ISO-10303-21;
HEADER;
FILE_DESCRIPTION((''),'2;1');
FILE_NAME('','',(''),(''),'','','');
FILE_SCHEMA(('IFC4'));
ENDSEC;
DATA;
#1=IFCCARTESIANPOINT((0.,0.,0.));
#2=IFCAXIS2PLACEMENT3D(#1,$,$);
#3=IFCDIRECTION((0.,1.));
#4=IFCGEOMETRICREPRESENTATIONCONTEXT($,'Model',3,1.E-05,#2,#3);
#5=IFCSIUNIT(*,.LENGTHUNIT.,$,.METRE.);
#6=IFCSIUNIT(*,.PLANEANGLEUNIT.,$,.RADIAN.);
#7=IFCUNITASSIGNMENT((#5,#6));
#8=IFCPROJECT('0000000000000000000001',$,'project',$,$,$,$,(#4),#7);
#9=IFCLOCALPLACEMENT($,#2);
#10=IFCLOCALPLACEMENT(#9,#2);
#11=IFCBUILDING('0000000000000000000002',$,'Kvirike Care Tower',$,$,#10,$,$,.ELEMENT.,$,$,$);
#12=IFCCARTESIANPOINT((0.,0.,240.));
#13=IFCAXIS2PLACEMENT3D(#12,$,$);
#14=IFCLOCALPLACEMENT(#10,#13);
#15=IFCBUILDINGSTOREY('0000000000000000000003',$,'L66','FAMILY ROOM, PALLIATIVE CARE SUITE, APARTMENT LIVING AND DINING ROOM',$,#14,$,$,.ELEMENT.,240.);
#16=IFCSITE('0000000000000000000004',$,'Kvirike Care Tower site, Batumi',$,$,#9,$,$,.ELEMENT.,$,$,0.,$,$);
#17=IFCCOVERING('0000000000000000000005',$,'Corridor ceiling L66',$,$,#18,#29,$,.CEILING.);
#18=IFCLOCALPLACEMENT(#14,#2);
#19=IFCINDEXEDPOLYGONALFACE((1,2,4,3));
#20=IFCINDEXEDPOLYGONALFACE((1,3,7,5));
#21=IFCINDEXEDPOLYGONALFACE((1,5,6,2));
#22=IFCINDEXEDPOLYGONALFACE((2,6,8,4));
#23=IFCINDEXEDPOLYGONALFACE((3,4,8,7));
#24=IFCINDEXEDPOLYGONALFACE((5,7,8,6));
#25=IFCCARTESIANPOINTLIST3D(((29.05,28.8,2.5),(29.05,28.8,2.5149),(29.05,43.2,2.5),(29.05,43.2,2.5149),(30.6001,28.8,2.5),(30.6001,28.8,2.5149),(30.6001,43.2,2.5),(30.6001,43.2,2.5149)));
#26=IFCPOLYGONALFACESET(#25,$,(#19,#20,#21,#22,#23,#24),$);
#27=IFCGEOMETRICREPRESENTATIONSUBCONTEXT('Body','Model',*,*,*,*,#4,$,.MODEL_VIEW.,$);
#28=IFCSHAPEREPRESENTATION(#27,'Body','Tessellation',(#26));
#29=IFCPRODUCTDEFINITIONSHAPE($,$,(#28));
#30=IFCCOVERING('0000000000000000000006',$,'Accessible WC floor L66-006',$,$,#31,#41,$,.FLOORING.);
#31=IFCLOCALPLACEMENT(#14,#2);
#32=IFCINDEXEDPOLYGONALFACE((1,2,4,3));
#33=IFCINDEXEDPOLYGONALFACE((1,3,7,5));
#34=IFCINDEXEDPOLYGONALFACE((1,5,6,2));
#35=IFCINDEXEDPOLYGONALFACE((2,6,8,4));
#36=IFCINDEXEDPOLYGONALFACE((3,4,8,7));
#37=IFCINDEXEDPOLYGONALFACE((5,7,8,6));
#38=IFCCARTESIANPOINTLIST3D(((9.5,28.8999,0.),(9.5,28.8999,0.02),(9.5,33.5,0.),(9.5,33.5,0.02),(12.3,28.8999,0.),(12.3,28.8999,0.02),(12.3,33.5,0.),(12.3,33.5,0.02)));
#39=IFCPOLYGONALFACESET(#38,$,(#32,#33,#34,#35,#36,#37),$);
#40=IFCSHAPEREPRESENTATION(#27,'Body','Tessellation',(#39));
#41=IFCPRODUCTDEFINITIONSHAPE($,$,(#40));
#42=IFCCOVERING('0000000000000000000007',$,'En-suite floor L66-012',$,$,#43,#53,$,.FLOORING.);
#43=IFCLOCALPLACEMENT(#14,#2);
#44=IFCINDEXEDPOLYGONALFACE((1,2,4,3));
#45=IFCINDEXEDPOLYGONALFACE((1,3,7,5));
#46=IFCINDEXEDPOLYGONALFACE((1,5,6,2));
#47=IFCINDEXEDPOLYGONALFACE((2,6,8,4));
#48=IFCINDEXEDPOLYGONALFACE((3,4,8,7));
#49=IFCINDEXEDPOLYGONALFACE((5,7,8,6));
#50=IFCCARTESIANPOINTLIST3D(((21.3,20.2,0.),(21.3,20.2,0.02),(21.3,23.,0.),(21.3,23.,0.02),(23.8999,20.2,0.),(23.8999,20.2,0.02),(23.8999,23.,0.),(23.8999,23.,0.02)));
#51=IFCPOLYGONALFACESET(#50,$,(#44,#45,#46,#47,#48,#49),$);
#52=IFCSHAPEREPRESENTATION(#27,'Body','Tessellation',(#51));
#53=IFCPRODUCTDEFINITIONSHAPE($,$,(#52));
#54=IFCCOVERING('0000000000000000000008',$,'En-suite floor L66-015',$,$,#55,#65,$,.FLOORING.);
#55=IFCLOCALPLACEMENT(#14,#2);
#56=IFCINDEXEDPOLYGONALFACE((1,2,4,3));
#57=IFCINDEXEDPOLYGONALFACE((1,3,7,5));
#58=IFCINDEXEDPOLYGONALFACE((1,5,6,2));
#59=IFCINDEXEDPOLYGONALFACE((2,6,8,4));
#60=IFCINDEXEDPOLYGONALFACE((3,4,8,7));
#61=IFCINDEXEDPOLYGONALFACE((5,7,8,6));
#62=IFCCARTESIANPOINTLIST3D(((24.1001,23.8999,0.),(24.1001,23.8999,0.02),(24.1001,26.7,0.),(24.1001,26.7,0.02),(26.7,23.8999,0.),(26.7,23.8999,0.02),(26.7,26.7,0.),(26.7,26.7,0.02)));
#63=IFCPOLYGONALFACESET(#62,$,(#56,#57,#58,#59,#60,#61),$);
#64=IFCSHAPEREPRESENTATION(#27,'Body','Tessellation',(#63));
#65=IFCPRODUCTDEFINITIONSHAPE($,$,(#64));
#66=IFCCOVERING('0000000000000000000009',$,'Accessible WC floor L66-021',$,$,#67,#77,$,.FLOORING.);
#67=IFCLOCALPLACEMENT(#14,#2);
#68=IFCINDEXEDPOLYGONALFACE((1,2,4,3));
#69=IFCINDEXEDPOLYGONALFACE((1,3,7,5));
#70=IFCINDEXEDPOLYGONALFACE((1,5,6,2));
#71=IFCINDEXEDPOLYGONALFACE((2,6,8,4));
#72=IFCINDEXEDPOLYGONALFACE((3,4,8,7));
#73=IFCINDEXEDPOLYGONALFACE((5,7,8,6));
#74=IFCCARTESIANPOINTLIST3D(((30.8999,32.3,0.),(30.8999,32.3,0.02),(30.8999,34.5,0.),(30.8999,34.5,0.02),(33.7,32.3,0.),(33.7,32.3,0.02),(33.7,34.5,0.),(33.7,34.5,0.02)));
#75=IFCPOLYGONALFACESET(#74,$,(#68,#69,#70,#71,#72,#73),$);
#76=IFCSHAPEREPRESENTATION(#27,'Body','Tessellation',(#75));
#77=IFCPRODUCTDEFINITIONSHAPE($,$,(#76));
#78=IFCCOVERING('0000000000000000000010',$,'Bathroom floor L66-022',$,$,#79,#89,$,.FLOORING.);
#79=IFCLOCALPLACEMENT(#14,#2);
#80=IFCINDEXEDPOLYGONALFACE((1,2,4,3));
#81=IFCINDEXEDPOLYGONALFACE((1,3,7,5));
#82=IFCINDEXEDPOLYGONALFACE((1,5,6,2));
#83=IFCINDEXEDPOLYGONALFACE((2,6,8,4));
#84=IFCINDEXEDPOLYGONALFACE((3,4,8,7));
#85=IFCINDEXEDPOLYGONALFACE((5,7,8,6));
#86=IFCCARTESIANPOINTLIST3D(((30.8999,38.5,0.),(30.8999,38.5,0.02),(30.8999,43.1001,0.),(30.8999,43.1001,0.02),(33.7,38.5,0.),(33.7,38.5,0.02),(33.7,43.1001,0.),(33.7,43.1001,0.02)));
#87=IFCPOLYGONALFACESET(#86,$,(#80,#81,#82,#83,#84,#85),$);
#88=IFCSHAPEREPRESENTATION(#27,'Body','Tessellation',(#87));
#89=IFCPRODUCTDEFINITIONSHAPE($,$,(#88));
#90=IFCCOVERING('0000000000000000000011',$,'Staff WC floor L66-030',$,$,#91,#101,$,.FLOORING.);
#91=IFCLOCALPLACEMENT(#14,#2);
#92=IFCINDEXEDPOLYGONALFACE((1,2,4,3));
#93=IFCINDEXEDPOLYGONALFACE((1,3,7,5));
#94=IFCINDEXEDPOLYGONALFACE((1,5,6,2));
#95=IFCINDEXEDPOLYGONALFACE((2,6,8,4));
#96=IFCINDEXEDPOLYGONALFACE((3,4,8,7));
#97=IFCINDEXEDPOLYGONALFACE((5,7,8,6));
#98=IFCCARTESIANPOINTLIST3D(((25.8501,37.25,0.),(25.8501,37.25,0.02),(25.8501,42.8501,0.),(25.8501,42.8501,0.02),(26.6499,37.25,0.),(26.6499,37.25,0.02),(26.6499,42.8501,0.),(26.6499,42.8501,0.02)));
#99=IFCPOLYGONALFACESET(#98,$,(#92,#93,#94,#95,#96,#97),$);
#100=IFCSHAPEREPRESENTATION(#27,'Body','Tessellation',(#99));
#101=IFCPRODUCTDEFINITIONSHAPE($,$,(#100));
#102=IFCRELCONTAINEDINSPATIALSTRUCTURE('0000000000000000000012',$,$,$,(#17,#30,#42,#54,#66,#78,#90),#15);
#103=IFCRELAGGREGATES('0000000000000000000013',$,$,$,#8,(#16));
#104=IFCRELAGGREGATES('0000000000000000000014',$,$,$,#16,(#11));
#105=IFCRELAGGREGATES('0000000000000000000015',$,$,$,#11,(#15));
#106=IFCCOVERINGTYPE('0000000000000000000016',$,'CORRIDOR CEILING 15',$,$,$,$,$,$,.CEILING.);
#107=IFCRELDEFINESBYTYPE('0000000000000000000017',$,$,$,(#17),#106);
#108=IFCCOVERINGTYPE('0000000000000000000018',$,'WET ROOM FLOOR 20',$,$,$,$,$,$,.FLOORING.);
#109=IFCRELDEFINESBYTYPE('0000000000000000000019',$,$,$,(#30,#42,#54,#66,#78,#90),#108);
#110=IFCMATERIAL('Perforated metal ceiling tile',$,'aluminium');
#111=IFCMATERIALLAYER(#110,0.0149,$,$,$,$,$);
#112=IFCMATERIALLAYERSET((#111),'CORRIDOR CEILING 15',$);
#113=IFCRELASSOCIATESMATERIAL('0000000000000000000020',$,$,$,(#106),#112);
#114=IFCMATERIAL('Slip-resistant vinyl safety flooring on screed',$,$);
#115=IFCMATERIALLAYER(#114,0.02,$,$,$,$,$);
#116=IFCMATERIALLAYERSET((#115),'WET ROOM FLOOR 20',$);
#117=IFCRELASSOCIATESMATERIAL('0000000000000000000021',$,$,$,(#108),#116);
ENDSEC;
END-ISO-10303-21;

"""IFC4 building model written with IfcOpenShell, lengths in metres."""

from ifc_helpers import new_model, si_unit, direction, frame, origin, place, context, subcontext, project, spatial, polyline, outline, extrude, material, layer, layer_set, type_object, element, save


model = new_model("IFC4")

# Units and contexts
model_context = context("Model", 3, precision=1e-05, world=origin(), true_north=direction((0.0, 1.0)))
body_context = subcontext(model_context, "Body", "Model", "MODEL_VIEW")
ifc_project = project(units=[si_unit("LENGTHUNIT", "METRE"), si_unit("PLANEANGLEUNIT", "RADIAN")], contexts=[model_context])

# Site, building, storey
site_placement = place(None, origin())
site = spatial("IfcSite", under=ifc_project, at=site_placement, Name="Kvirike Care Tower site, Batumi", CompositionType="ELEMENT", RefElevation=0.0)
building_placement = place(site_placement, origin())
building = spatial("IfcBuilding", under=site, at=building_placement, Name="Kvirike Care Tower", CompositionType="ELEMENT")
storey_placement = place(building_placement, frame((0.0, 0.0, 240.0)))
storey = spatial("IfcBuildingStorey", under=building, at=storey_placement, Name="L66", Description="FAMILY ROOM, PALLIATIVE CARE SUITE, APARTMENT LIVING AND DINING ROOM", CompositionType="ELEMENT", Elevation=240.0)

# Coverings
ifc_material_1 = material(Name="Perforated metal ceiling tile", Category="aluminium")
ifc_layer_1 = layer(ifc_material_1, 0.0149)
ifc_layer_set_1 = layer_set([ifc_layer_1], Name="CORRIDOR CEILING 15")
covering_type_1 = type_object("IfcCoveringType", Name="CORRIDOR CEILING 15", PredefinedType="CEILING", material=ifc_layer_set_1)
covering_1_placement = place(storey_placement, frame((0.0, 0.0, 2.5)))
element("IfcCovering", 1, at=covering_1_placement, inside=storey, type_object=covering_type_1, Name="Corridor ceiling L66", PredefinedType="CEILING", context=body_context, shape_type="SweptSolid", body=[
    extrude(outline(polyline([(30.6001, 28.8), (29.05, 28.8), (29.05, 43.2), (30.6001, 43.2), (30.6001, 28.8)])), origin(), (0.0, 0.0, 1.0), 0.0149),
])
ifc_material_2 = material(Name="Slip-resistant vinyl safety flooring on screed")
ifc_layer_2 = layer(ifc_material_2, 0.02)
ifc_layer_set_2 = layer_set([ifc_layer_2], Name="WET ROOM FLOOR 20")
covering_type_2 = type_object("IfcCoveringType", Name="WET ROOM FLOOR 20", PredefinedType="FLOORING", material=ifc_layer_set_2)
covering_2_placement = place(storey_placement, origin())
element("IfcCovering", 2, at=covering_2_placement, inside=storey, type_object=covering_type_2, Name="Accessible WC floor L66-006", PredefinedType="FLOORING", context=body_context, shape_type="SweptSolid", body=[
    extrude(outline(polyline([(9.5, 33.5), (12.3, 33.5), (12.3, 28.8999), (9.5, 28.8999), (9.5, 33.5)])), origin(), (0.0, 0.0, 1.0), 0.02),
])
covering_3_placement = place(storey_placement, origin())
element("IfcCovering", 3, at=covering_3_placement, inside=storey, type_object=covering_type_2, Name="En-suite floor L66-012", PredefinedType="FLOORING", context=body_context, shape_type="SweptSolid", body=[
    extrude(outline(polyline([(21.3, 20.2), (21.3, 23.0), (23.8999, 23.0), (23.8999, 20.2), (21.3, 20.2)])), origin(), (0.0, 0.0, 1.0), 0.02),
])
covering_4_placement = place(storey_placement, origin())
element("IfcCovering", 4, at=covering_4_placement, inside=storey, type_object=covering_type_2, Name="En-suite floor L66-015", PredefinedType="FLOORING", context=body_context, shape_type="SweptSolid", body=[
    extrude(outline(polyline([(24.1001, 23.8999), (24.1001, 26.7), (26.7, 26.7), (26.7, 23.8999), (24.1001, 23.8999)])), origin(), (0.0, 0.0, 1.0), 0.02),
])
covering_5_placement = place(storey_placement, origin())
element("IfcCovering", 5, at=covering_5_placement, inside=storey, type_object=covering_type_2, Name="Accessible WC floor L66-021", PredefinedType="FLOORING", context=body_context, shape_type="SweptSolid", body=[
    extrude(outline(polyline([(33.7, 32.3), (30.8999, 32.3), (30.8999, 34.5), (33.7, 34.5), (33.7, 32.3)])), origin(), (0.0, 0.0, 1.0), 0.02),
])
covering_6_placement = place(storey_placement, origin())
element("IfcCovering", 6, at=covering_6_placement, inside=storey, type_object=covering_type_2, Name="Bathroom floor L66-022", PredefinedType="FLOORING", context=body_context, shape_type="SweptSolid", body=[
    extrude(outline(polyline([(33.7, 38.5), (30.8999, 38.5), (30.8999, 43.1001), (33.7, 43.1001), (33.7, 38.5)])), origin(), (0.0, 0.0, 1.0), 0.02),
])
covering_7_placement = place(storey_placement, origin())
element("IfcCovering", 7, at=covering_7_placement, inside=storey, type_object=covering_type_2, Name="Staff WC floor L66-030", PredefinedType="FLOORING", context=body_context, shape_type="SweptSolid", body=[
    extrude(outline(polyline([(26.6499, 37.25), (25.8501, 37.25), (25.8501, 42.8501), (26.6499, 42.8501), (26.6499, 37.25)])), origin(), (0.0, 0.0, 1.0), 0.02),
])

save(model, "model.ifc")
